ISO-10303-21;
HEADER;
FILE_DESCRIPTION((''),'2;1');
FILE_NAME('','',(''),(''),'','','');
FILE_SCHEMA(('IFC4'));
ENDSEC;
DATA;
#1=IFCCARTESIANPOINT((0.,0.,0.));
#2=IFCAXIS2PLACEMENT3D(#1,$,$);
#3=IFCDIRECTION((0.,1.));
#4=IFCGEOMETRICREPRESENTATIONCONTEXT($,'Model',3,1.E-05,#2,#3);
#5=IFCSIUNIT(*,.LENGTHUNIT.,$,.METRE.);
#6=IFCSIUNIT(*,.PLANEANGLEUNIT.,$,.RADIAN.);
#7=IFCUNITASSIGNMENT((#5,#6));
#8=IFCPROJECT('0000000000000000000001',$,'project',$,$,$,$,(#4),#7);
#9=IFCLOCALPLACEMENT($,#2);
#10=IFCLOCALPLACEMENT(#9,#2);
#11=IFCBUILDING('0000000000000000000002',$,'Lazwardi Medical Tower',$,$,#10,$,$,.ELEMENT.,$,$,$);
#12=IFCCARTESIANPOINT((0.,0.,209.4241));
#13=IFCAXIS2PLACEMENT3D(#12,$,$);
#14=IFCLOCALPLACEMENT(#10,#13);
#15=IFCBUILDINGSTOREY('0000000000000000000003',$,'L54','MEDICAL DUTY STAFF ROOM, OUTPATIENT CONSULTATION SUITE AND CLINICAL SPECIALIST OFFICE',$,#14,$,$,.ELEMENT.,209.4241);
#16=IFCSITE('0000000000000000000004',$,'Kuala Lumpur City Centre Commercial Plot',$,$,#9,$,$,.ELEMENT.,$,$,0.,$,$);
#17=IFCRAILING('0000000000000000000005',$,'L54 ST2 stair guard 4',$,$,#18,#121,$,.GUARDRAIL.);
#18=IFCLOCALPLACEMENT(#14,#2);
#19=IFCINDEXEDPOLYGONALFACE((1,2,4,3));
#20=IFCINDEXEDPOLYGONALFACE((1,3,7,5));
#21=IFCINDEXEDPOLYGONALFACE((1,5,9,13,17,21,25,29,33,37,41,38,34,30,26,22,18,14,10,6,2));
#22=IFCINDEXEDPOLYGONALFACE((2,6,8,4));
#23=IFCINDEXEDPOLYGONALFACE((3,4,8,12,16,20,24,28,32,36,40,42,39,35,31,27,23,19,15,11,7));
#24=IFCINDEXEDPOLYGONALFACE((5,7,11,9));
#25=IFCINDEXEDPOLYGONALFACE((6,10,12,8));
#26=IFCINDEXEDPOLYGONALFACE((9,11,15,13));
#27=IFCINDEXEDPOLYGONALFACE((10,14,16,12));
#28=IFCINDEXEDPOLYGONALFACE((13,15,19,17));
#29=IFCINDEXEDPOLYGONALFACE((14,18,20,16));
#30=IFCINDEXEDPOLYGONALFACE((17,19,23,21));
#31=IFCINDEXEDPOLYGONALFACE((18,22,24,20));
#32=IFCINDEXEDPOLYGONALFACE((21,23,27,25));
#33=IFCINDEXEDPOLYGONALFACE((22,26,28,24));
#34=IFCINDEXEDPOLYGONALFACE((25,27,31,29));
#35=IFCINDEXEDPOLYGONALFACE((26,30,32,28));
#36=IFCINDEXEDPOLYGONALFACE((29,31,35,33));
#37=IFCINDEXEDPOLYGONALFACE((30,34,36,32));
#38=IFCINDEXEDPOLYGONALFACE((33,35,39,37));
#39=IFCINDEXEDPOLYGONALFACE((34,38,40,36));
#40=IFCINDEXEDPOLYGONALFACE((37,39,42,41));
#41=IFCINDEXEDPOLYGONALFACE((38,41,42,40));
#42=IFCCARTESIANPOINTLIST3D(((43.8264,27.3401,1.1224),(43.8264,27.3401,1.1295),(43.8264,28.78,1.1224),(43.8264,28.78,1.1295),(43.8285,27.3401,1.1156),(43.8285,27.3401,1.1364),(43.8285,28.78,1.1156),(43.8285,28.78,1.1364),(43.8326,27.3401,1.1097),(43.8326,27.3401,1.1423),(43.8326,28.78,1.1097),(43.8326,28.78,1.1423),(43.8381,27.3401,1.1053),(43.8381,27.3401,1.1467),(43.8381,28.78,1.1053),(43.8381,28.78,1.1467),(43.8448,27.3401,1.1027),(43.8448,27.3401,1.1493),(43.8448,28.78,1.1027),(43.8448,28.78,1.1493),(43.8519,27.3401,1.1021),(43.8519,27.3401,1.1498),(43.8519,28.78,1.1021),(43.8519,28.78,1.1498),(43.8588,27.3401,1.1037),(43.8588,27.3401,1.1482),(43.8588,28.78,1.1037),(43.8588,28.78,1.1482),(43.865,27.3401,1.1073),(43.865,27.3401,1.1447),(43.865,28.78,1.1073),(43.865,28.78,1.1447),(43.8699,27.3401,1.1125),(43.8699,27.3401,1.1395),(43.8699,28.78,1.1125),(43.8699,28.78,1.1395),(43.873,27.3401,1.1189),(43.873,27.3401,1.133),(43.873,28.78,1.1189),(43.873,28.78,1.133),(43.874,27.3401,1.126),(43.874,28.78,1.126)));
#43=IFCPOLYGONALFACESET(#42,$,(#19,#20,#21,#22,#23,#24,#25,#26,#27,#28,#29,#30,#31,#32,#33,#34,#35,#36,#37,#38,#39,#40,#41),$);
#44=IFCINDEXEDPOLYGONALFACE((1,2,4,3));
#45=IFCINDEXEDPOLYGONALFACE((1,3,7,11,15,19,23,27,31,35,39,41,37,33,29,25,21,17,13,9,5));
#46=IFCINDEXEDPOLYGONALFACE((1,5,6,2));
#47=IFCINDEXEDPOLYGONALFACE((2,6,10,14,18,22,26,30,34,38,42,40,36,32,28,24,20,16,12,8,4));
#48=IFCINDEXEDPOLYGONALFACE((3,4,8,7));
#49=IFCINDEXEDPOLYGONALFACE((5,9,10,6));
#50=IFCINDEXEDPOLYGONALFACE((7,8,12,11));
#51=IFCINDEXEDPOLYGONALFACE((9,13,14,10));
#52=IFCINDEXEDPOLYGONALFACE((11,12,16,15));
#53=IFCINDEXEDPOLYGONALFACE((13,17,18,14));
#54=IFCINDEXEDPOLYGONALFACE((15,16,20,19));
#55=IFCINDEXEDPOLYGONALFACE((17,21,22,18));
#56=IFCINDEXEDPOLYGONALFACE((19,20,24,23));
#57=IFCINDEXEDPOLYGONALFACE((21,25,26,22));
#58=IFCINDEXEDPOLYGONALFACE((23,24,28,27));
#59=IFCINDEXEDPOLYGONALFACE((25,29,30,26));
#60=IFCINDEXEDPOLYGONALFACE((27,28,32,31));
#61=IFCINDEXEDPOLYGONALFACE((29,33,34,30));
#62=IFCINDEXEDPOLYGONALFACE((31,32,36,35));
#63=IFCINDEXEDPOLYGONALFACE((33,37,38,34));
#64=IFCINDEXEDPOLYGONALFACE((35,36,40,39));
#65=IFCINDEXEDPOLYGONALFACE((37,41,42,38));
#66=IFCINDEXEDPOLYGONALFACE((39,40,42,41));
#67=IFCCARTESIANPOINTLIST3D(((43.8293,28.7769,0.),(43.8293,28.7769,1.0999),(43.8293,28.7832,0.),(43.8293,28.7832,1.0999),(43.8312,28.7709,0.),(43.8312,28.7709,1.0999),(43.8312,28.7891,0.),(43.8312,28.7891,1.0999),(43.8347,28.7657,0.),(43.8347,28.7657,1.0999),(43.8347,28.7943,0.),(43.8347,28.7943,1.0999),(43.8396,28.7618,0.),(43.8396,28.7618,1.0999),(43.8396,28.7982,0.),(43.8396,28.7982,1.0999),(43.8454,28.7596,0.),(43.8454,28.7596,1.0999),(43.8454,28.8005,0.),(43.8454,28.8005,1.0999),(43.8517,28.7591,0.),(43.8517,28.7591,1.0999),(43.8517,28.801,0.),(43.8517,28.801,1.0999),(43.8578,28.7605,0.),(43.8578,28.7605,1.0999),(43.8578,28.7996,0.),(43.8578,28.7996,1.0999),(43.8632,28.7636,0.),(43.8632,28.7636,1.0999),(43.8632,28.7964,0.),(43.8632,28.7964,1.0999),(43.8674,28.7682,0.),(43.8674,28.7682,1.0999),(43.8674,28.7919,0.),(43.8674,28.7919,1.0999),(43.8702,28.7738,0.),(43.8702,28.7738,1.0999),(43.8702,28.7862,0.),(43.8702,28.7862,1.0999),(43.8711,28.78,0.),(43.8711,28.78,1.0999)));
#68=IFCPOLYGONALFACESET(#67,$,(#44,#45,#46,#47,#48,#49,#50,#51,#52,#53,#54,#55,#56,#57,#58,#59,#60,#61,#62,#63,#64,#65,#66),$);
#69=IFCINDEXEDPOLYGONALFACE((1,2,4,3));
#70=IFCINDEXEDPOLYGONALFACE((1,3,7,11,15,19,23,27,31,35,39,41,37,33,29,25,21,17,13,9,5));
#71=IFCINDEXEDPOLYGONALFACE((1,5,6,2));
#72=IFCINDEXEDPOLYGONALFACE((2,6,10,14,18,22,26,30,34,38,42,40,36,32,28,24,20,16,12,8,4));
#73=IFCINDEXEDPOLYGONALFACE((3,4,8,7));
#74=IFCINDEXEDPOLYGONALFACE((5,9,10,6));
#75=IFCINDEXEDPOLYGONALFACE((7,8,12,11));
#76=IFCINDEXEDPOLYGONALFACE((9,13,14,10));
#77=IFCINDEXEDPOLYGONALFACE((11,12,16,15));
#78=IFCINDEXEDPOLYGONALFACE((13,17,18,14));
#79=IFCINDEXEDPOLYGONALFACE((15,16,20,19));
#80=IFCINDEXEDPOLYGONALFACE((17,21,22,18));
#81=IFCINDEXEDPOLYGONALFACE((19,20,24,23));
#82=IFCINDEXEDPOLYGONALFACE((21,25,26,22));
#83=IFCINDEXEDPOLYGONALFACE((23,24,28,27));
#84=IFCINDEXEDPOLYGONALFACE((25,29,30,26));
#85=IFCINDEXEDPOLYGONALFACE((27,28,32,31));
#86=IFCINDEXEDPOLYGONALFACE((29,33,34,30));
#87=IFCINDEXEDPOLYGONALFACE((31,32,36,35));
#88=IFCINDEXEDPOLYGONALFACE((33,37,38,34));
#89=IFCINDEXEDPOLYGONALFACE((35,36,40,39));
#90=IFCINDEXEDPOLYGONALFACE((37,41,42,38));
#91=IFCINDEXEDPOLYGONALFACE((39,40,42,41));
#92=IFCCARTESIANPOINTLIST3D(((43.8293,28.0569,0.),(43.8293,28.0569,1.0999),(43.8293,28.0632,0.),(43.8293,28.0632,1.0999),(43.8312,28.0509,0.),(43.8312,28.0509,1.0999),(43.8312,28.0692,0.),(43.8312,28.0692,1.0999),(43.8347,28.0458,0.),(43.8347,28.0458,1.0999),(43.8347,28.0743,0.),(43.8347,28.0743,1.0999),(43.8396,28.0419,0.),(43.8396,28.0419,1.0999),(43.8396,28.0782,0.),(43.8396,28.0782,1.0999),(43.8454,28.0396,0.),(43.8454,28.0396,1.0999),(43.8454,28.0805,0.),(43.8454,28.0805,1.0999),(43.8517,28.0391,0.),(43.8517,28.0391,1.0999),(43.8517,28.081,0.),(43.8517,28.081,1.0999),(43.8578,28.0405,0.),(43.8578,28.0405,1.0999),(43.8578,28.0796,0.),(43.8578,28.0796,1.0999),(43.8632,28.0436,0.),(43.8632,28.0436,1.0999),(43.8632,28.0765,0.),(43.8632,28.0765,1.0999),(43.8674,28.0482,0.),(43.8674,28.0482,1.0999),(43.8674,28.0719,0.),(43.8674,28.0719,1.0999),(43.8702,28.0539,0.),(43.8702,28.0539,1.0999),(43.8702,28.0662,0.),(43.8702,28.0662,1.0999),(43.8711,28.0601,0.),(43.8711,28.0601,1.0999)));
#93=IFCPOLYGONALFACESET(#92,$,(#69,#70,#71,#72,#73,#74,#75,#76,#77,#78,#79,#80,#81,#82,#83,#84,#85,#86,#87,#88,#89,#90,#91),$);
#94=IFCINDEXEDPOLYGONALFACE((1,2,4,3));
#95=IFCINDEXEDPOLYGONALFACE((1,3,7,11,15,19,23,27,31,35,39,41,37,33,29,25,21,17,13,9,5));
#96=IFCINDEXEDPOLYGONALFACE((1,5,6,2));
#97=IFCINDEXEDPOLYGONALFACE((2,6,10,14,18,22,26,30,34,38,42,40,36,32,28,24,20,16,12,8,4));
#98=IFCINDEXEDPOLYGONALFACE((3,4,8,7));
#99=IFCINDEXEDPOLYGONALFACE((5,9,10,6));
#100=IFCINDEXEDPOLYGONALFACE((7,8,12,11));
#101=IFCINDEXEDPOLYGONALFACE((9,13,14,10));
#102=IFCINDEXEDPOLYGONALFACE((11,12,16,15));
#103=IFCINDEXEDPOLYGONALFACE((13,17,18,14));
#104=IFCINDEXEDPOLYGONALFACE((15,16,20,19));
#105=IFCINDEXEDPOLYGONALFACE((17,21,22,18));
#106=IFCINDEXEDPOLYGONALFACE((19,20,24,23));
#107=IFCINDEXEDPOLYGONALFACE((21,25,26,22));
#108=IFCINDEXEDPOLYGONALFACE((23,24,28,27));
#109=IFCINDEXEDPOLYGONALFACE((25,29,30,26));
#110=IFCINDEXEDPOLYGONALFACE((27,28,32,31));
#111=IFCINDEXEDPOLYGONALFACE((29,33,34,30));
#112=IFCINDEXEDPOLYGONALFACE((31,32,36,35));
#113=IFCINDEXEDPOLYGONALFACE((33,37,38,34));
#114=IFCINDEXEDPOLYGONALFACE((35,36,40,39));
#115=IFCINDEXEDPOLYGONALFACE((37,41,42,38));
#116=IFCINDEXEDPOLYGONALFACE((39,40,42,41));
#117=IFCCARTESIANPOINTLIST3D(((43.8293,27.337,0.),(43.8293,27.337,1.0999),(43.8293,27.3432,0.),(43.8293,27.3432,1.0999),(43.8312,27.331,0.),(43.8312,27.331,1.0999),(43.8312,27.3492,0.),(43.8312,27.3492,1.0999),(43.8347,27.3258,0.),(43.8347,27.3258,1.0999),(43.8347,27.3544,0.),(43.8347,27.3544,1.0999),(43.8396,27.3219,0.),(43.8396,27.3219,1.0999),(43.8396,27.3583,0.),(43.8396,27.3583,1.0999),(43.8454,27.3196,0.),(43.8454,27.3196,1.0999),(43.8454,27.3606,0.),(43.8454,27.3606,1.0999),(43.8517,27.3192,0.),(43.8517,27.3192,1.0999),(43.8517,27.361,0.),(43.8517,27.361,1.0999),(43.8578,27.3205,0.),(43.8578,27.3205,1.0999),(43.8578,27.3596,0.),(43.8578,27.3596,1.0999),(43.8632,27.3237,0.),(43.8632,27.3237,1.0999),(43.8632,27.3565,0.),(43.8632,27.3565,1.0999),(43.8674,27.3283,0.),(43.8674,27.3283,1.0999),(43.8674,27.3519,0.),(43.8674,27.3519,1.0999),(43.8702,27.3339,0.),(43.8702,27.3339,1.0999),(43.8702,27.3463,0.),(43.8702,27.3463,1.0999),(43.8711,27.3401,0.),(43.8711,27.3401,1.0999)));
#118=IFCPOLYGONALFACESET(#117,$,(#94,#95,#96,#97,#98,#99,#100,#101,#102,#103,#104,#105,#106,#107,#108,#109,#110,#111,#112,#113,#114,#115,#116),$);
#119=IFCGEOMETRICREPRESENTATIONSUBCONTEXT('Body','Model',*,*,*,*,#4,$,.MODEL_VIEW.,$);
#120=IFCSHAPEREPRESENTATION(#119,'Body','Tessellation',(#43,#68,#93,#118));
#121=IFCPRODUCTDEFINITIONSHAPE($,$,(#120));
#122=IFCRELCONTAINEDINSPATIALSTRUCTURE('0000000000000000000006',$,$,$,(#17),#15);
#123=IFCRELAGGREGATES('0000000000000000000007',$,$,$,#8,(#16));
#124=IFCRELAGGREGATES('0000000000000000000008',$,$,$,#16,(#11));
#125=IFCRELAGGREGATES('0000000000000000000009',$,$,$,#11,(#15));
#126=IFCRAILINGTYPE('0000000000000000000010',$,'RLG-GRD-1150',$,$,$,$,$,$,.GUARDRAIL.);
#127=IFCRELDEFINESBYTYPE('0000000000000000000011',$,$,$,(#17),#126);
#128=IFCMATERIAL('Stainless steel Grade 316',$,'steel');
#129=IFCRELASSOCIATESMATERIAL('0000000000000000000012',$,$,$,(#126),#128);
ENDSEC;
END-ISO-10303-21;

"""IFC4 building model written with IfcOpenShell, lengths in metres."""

from ifc_helpers import new_model, si_unit, direction, frame, origin, origin_2d, place, context, subcontext, project, spatial, circle, extrude, material, type_object, element, save


model = new_model("IFC4")

# Units and contexts
model_context = context("Model", 3, precision=1e-05, world=origin(), true_north=direction((0.0, 1.0)))
body_context = subcontext(model_context, "Body", "Model", "MODEL_VIEW")
ifc_project = project(units=[si_unit("LENGTHUNIT", "METRE"), si_unit("PLANEANGLEUNIT", "RADIAN")], contexts=[model_context])

# Site, building, storey
site_placement = place(None, origin())
site = spatial("IfcSite", under=ifc_project, at=site_placement, Name="Kuala Lumpur City Centre Commercial Plot", CompositionType="ELEMENT", RefElevation=0.0)
building_placement = place(site_placement, origin())
building = spatial("IfcBuilding", under=site, at=building_placement, Name="Lazwardi Medical Tower", CompositionType="ELEMENT")
storey_placement = place(building_placement, frame((0.0, 0.0, 209.4241)))
storey = spatial("IfcBuildingStorey", under=building, at=storey_placement, Name="L54", Description="MEDICAL DUTY STAFF ROOM, OUTPATIENT CONSULTATION SUITE AND CLINICAL SPECIALIST OFFICE", CompositionType="ELEMENT", Elevation=209.4241)

# Railing
ifc_material_1 = material(Name="Stainless steel Grade 316", Category="steel")
railing_type_1 = type_object("IfcRailingType", Name="RLG-GRD-1150", PredefinedType="GUARDRAIL", material=ifc_material_1)
railing_1_placement = place(storey_placement, frame((43.8501, 28.78, 0.0)))
element("IfcRailing", 1, at=railing_1_placement, inside=storey, type_object=railing_type_1, Name="L54 ST2 stair guard 4", PredefinedType="GUARDRAIL", context=body_context, shape_type="SweptSolid", body=[
    extrude(circle(Radius=0.0239, at=origin_2d()), frame((0.0, 0.0, 1.126), z_axis=(0.0, -1.0, 0.0), x_axis=(1.0, 0.0, 0.0)), (0.0, 0.0, 1.0), 1.4399),
    extrude(circle(Radius=0.021, at=origin_2d()), origin(), (0.0, 0.0, 1.0), 1.0999),
    extrude(circle(Radius=0.021, at=origin_2d()), frame((0.0, -0.72, 0.0)), (0.0, 0.0, 1.0), 1.0999),
    extrude(circle(Radius=0.021, at=origin_2d()), frame((0.0, -1.4399, 0.0)), (0.0, 0.0, 1.0), 1.0999),
])

save(model, "model.ifc")
